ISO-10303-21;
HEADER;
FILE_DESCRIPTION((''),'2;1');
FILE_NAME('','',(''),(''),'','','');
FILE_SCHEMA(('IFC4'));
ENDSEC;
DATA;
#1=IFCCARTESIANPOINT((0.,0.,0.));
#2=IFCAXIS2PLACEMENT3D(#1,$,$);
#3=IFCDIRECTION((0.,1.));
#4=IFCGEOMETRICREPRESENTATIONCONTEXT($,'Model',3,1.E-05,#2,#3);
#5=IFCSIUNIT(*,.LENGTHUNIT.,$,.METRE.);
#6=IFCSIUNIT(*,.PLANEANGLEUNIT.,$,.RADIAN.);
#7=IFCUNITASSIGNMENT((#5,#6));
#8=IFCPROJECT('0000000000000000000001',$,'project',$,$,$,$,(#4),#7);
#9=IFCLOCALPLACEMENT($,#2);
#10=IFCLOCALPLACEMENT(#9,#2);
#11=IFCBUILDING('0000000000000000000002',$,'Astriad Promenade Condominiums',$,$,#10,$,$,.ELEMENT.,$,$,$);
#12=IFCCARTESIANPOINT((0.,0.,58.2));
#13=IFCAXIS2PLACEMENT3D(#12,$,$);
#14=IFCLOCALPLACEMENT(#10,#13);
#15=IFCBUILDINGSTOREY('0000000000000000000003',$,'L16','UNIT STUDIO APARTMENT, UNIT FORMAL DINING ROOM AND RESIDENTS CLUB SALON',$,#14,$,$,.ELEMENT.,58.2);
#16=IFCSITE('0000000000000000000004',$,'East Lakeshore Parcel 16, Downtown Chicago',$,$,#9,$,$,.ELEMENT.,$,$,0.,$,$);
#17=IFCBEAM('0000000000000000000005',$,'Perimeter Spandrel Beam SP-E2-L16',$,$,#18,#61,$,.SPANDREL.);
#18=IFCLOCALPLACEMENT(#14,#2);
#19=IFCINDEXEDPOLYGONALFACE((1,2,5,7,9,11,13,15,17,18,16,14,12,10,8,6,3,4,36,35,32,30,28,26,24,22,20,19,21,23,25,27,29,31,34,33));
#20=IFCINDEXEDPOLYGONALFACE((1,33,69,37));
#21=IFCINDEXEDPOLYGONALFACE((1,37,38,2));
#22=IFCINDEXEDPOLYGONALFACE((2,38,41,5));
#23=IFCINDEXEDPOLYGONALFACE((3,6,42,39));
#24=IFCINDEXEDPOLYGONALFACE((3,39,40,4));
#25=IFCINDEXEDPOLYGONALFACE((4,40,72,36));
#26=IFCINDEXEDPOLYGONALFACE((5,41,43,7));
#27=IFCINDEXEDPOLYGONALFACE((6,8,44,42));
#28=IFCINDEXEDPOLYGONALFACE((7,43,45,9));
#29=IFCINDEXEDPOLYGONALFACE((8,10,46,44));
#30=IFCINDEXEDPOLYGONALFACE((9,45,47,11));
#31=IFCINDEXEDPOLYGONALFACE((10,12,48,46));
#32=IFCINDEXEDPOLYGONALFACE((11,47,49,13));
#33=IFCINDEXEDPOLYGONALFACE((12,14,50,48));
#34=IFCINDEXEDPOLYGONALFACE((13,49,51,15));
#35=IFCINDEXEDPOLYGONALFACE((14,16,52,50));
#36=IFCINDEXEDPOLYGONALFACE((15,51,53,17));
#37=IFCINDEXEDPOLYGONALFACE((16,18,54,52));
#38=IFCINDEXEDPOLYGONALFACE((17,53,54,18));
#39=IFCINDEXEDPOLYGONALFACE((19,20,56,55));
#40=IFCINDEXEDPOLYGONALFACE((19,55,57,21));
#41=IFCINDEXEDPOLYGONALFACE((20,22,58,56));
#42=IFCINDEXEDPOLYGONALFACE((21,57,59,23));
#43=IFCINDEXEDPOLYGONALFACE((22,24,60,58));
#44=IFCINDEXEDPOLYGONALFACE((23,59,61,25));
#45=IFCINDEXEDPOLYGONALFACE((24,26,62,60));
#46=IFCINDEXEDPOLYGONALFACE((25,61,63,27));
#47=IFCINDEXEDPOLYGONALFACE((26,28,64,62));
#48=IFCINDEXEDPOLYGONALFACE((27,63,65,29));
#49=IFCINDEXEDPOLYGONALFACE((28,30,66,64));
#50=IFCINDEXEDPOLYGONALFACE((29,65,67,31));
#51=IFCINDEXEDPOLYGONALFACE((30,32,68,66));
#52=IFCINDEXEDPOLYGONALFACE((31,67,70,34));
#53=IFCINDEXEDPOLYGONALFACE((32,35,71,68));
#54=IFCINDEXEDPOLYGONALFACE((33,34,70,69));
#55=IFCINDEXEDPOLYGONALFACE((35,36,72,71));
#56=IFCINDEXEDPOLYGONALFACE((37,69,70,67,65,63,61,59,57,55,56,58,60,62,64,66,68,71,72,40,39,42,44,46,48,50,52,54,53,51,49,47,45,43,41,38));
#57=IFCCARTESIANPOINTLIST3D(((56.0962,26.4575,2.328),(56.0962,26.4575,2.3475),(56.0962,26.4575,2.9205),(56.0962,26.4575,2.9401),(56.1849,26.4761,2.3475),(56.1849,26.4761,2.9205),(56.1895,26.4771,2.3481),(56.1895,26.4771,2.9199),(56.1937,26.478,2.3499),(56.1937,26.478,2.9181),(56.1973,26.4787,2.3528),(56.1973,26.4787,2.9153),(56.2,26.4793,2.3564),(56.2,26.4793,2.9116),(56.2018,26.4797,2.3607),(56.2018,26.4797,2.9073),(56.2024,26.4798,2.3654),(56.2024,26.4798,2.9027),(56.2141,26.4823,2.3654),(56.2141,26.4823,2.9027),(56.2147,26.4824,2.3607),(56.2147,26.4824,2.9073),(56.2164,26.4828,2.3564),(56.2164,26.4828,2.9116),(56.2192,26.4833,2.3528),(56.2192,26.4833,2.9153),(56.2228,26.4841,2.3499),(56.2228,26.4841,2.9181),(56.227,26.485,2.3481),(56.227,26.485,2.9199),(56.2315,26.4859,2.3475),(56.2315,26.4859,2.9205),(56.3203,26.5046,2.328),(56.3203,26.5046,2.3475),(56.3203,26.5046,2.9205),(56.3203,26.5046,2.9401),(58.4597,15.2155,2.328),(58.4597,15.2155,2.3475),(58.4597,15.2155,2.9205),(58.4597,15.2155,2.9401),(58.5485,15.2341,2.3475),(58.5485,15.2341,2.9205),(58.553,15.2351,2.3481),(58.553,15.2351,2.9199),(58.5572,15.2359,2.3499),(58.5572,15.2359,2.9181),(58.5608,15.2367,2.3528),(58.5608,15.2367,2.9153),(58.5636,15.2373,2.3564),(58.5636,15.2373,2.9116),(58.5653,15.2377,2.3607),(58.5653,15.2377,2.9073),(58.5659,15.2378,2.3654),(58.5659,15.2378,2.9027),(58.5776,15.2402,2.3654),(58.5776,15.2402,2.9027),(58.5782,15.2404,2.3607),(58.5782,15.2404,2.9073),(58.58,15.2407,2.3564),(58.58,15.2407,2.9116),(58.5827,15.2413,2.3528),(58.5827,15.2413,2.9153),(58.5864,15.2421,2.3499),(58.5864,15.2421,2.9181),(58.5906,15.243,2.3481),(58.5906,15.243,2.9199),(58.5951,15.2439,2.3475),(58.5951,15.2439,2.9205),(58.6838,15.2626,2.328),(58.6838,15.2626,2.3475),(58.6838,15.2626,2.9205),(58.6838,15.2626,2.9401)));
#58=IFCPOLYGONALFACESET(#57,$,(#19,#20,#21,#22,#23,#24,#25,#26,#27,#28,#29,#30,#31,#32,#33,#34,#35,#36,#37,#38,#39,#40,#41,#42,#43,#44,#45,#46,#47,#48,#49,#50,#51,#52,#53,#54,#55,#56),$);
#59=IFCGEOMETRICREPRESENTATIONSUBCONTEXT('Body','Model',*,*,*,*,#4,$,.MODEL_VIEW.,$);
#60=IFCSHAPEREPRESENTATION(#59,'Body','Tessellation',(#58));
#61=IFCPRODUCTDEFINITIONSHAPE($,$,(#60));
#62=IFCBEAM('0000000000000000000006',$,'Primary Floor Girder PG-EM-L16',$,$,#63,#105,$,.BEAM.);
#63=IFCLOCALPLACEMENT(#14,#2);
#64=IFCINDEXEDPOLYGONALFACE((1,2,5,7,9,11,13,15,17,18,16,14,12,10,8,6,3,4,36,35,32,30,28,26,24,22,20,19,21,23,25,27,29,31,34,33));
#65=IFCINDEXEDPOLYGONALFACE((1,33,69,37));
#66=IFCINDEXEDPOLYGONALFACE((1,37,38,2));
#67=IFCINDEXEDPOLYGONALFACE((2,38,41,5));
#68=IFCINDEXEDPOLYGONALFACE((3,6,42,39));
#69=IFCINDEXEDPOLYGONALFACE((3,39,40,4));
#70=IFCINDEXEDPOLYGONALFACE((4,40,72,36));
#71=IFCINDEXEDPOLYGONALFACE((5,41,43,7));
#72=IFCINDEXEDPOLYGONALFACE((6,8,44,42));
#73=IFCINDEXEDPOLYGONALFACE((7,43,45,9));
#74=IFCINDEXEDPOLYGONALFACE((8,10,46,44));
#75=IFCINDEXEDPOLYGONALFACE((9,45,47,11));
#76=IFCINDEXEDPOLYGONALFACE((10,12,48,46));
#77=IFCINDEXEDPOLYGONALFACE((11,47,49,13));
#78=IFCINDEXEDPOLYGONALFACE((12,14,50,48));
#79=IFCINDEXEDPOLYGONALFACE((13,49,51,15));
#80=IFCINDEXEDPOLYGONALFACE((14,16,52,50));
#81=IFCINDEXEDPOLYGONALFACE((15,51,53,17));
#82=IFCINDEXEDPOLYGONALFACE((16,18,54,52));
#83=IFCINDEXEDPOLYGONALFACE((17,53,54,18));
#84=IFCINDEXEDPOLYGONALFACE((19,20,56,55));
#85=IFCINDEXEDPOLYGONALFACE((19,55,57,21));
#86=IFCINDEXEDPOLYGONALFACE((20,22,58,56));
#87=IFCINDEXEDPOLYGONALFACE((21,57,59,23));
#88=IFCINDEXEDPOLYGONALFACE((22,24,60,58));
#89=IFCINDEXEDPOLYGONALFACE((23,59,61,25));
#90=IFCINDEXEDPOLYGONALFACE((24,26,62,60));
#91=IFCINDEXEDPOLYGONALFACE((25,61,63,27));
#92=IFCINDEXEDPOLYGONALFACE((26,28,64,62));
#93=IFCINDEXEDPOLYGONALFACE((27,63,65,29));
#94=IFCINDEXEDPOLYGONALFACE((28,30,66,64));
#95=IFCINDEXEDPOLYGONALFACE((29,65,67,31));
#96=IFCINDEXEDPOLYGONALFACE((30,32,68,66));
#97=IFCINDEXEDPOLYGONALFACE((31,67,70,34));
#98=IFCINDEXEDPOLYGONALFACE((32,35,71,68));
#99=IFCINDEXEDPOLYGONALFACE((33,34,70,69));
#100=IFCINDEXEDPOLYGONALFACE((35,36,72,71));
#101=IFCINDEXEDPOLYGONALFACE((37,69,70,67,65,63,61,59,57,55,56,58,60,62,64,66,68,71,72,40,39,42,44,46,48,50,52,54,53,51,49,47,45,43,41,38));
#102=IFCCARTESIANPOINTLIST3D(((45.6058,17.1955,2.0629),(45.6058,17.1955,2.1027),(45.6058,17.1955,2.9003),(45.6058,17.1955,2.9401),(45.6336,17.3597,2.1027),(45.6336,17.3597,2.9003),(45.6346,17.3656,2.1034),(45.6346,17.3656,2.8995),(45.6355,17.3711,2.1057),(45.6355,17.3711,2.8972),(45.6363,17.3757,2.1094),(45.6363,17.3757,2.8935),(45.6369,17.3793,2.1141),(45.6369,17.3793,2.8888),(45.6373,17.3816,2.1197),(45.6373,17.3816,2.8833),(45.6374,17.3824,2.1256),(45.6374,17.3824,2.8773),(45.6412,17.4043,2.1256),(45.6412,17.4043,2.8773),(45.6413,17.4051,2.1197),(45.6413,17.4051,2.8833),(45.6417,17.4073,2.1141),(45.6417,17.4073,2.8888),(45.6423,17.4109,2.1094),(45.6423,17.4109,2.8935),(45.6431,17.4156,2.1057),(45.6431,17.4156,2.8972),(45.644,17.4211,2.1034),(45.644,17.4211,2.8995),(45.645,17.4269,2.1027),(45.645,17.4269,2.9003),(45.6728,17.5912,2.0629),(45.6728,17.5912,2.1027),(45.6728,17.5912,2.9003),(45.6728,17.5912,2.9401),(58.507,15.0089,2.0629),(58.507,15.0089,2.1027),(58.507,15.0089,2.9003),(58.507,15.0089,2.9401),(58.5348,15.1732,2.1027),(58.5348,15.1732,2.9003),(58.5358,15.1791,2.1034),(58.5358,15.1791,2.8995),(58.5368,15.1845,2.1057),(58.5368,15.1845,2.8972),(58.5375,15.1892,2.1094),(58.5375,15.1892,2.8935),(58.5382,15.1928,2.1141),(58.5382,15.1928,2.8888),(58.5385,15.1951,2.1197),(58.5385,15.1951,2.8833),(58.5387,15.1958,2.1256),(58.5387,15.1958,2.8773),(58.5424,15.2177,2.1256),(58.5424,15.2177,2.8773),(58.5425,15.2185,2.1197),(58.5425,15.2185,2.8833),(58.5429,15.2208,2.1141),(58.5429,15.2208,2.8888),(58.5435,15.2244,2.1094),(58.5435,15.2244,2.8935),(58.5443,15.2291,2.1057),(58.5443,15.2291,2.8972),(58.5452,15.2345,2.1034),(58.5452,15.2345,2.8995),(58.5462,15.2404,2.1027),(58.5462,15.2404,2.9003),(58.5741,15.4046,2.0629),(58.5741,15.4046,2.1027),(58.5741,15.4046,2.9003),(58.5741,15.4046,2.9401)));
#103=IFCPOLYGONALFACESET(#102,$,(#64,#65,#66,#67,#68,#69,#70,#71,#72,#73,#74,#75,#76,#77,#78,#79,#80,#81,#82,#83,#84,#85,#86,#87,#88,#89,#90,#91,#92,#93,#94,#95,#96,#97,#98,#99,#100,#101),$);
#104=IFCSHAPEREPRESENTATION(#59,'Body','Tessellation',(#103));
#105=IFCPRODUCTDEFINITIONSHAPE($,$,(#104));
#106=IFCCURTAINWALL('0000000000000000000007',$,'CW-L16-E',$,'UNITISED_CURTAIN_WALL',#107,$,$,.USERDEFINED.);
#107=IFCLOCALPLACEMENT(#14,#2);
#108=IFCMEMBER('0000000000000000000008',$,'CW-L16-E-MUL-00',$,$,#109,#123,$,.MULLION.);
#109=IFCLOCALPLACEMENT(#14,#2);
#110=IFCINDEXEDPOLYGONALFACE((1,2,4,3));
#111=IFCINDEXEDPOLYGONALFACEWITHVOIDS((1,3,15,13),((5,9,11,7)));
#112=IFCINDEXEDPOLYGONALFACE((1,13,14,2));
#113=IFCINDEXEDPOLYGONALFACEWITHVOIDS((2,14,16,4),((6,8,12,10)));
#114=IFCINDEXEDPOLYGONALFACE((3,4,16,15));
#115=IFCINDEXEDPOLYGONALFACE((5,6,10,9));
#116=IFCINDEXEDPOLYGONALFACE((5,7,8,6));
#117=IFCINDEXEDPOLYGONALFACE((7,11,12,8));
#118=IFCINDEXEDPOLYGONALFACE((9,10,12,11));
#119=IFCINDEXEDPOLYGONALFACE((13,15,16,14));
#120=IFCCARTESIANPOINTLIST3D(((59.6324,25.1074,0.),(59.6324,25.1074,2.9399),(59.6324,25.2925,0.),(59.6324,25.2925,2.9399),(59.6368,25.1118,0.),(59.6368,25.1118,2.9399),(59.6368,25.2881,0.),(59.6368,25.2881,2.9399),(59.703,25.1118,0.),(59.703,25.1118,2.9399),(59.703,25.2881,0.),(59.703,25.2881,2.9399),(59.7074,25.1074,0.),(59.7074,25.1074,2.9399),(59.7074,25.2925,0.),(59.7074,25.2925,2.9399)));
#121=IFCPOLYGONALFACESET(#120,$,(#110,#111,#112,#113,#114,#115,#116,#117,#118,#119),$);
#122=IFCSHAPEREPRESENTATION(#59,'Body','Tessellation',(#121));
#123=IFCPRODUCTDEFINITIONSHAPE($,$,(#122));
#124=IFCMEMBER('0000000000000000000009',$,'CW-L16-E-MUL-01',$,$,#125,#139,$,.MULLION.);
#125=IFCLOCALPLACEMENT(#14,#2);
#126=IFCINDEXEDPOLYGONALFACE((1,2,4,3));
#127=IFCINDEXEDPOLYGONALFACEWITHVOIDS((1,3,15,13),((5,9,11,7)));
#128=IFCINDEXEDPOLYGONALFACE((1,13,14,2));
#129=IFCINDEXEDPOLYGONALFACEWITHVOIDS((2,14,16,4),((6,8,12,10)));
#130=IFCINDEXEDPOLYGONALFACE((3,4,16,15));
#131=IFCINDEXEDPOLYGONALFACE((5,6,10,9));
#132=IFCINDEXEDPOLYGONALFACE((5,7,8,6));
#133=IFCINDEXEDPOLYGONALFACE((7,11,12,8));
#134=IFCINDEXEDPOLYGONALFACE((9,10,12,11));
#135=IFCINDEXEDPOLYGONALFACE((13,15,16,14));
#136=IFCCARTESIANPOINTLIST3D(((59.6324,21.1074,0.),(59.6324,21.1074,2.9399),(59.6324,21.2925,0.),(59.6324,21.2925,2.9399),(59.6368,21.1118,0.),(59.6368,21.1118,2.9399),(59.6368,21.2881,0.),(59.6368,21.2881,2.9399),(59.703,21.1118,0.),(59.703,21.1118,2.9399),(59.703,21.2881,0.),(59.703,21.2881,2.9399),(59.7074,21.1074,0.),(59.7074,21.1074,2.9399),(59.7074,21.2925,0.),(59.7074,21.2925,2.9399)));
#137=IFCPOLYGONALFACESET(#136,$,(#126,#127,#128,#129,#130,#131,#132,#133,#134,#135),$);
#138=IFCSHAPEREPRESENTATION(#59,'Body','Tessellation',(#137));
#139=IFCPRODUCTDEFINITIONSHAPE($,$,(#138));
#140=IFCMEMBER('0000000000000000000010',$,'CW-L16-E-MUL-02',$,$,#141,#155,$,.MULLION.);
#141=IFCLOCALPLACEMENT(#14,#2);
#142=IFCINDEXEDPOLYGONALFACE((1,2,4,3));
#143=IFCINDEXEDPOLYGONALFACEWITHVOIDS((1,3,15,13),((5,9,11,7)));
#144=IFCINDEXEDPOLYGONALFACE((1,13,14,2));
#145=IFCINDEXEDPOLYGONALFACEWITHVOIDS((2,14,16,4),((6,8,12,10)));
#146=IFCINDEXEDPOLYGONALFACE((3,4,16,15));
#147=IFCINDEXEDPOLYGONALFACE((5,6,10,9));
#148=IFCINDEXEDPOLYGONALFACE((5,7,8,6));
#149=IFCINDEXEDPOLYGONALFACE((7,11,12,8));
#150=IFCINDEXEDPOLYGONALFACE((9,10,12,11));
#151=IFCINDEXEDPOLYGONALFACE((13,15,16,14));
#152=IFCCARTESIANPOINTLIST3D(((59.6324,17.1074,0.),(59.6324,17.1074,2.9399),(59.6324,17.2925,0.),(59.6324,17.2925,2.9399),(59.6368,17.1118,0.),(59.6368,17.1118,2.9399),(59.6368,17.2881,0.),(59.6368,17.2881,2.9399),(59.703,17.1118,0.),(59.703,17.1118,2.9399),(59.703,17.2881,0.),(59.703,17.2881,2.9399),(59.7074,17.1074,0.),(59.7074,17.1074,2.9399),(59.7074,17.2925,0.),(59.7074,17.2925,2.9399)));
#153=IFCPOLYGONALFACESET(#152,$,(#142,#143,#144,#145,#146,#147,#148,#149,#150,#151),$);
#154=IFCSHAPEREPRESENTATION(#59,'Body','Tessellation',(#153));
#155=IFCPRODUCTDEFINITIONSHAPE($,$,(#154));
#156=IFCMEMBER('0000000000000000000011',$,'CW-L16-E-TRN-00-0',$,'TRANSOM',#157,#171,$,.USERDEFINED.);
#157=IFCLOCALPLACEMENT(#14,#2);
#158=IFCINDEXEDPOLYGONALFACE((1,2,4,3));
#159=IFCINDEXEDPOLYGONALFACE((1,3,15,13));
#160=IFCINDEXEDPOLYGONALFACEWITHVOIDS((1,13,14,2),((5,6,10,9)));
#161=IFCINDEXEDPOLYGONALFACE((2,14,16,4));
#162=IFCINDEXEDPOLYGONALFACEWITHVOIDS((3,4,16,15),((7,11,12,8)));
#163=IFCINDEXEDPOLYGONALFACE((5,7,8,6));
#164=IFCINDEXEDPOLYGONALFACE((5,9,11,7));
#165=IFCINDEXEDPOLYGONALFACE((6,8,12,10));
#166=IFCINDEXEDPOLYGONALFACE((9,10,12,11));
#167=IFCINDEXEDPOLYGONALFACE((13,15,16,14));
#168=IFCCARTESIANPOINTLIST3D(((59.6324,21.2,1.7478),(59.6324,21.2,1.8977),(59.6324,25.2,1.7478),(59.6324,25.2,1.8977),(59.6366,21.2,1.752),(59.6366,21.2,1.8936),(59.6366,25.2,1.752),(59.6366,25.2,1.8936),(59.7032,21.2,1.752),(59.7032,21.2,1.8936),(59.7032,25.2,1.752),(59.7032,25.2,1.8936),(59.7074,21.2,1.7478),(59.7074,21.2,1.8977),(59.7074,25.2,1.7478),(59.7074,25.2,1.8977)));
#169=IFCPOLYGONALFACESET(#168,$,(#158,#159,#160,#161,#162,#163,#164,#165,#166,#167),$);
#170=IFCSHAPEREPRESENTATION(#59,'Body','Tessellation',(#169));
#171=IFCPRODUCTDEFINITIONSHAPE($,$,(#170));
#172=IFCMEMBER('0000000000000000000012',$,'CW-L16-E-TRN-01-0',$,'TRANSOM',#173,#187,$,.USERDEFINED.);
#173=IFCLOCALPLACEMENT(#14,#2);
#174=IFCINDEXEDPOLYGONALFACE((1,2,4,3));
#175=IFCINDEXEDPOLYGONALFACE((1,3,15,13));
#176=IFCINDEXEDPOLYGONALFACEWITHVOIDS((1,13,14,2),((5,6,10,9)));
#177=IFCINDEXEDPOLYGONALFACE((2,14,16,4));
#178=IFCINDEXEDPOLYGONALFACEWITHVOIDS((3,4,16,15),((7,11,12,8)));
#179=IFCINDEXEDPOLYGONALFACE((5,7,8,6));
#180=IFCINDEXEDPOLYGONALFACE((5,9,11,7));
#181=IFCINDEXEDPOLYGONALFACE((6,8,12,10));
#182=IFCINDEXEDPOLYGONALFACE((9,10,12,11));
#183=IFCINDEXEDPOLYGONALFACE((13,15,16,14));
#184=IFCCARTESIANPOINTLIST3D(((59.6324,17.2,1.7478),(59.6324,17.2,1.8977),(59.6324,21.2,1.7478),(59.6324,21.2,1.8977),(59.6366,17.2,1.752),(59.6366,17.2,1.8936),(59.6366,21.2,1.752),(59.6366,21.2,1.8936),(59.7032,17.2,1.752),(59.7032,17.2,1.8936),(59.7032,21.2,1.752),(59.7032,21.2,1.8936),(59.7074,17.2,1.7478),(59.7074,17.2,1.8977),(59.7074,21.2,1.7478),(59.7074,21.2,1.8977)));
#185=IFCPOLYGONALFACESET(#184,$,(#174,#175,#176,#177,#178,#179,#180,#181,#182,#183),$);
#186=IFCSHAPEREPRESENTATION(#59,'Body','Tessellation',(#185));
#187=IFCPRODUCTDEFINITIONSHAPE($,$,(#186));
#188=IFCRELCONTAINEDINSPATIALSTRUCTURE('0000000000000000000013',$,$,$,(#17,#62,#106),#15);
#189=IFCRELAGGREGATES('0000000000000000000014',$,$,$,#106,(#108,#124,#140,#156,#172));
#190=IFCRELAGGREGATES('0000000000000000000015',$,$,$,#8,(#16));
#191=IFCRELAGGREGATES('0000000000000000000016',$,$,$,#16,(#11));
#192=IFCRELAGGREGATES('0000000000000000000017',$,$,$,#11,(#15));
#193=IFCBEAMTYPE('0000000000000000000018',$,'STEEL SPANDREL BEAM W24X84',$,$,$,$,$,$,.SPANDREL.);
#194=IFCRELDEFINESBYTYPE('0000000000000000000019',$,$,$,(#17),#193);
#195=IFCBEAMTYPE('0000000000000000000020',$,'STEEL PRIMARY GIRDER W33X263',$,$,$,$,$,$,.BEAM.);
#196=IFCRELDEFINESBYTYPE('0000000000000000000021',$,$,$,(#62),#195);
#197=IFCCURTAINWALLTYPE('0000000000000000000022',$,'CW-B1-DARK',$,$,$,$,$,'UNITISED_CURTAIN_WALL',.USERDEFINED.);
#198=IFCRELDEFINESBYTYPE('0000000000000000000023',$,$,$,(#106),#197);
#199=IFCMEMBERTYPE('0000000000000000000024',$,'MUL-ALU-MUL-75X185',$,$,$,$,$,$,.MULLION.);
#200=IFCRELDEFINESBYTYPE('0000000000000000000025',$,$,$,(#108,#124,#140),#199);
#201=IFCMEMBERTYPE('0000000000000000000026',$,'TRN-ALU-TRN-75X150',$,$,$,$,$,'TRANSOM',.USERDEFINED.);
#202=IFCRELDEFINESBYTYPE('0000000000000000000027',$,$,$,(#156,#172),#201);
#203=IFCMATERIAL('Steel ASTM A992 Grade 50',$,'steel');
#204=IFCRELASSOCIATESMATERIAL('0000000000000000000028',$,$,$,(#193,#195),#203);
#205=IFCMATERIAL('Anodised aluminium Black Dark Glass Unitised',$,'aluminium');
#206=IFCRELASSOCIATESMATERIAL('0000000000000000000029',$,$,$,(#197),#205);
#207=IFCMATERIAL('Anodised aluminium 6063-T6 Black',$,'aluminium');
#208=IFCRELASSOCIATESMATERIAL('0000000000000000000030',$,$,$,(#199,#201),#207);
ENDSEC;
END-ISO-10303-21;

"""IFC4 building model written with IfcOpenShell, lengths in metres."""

from ifc_helpers import new_model, si_unit, direction, frame, origin, origin_2d, place, context, subcontext, project, spatial, hollow_rectangle, i_section, extrude, source, transform, mapped, material, material_profile, profile_set, type_object, type_shapes, element, aggregate, save


model = new_model("IFC4")

# Units and contexts
model_context = context("Model", 3, precision=1e-05, world=origin(), true_north=direction((0.0, 1.0)))
body_context = subcontext(model_context, "Body", "Model", "MODEL_VIEW")
ifc_project = project(units=[si_unit("LENGTHUNIT", "METRE"), si_unit("PLANEANGLEUNIT", "RADIAN")], contexts=[model_context])

# Site, building, storey
site_placement = place(None, origin())
site = spatial("IfcSite", under=ifc_project, at=site_placement, Name="East Lakeshore Parcel 16, Downtown Chicago", CompositionType="ELEMENT", RefElevation=0.0)
building_placement = place(site_placement, origin())
building = spatial("IfcBuilding", under=site, at=building_placement, Name="Astriad Promenade Condominiums", CompositionType="ELEMENT")
storey_placement = place(building_placement, frame((0.0, 0.0, 58.2)))
storey = spatial("IfcBuildingStorey", under=building, at=storey_placement, Name="L16", Description="UNIT STUDIO APARTMENT, UNIT FORMAL DINING ROOM AND RESIDENTS CLUB SALON", CompositionType="ELEMENT", Elevation=58.2)

# Beams
ifc_material_1 = material(Name="Steel ASTM A992 Grade 50", Category="steel")
ifc_material_profile_1 = material_profile(ifc_material_1, i_section(OverallWidth=0.229, OverallDepth=0.6121, WebThickness=0.012, FlangeThickness=0.0195, FilletRadius=0.0178, at=origin_2d()), Name="W24X84")
ifc_profile_set_1 = profile_set([ifc_material_profile_1], Name="Steel ASTM A992 Grade 50")
beam_type_1 = type_object("IfcBeamType", Name="STEEL SPANDREL BEAM W24X84", PredefinedType="SPANDREL", material=ifc_profile_set_1)
shared_shape_1 = source(origin(), body_context, "Body", "SweptSolid", [
    extrude(i_section(OverallWidth=0.229, OverallDepth=0.6121, WebThickness=0.012, FlangeThickness=0.0195, FilletRadius=0.0178, at=origin_2d()), origin(), (0.0, 0.0, 1.0), 11.4878),
])
type_shapes(beam_type_1, [shared_shape_1])
beam_1_placement = place(storey_placement, frame((58.5718, 15.239, 2.634), z_axis=(-0.205744, 0.978606, 0.0), x_axis=(-0.978606, -0.205744, 0.0)))
element("IfcBeam", 1, at=beam_1_placement, inside=storey, type_object=beam_type_1, Name="Perimeter Spandrel Beam SP-E2-L16", PredefinedType="SPANDREL", context=body_context, shape_type="MappedRepresentation", body=[
    mapped(shared_shape_1, transform((0.0, 0.0, 0.0), scale=1.0)),
])
ifc_material_profile_2 = material_profile(ifc_material_1, i_section(OverallWidth=0.4014, OverallDepth=0.8772, WebThickness=0.0222, FlangeThickness=0.0398, FilletRadius=0.0229, at=origin_2d()), Name="W33X263")
ifc_profile_set_2 = profile_set([ifc_material_profile_2], Name="Steel ASTM A992 Grade 50")
beam_type_2 = type_object("IfcBeamType", Name="STEEL PRIMARY GIRDER W33X263", PredefinedType="BEAM", material=ifc_profile_set_2)
shared_shape_2 = source(origin(), body_context, "Body", "SweptSolid", [
    extrude(i_section(OverallWidth=0.4014, OverallDepth=0.8772, WebThickness=0.0222, FlangeThickness=0.0398, FilletRadius=0.0229, at=origin_2d()), origin(), (0.0, 0.0, 1.0), 13.0852),
])
type_shapes(beam_type_2, [shared_shape_2])
beam_2_placement = place(storey_placement, frame((58.5405, 15.2068, 2.5015), z_axis=(-0.98594, 0.1671, 0.0), x_axis=(-0.1671, -0.98594, 0.0)))
element("IfcBeam", 2, at=beam_2_placement, inside=storey, type_object=beam_type_2, Name="Primary Floor Girder PG-EM-L16", PredefinedType="BEAM", context=body_context, shape_type="MappedRepresentation", body=[
    mapped(shared_shape_2, transform((0.0, 0.0, 0.0), scale=1.0)),
])

# Curtain wall, members
ifc_material_2 = material(Name="Anodised aluminium Black Dark Glass Unitised", Category="aluminium")
curtain_wall_type = type_object("IfcCurtainWallType", Name="CW-B1-DARK", ElementType="UNITISED_CURTAIN_WALL", PredefinedType="USERDEFINED", material=ifc_material_2)
curtain_wall_placement = place(storey_placement, origin())
curtain_wall = element("IfcCurtainWall", 3, at=curtain_wall_placement, inside=storey, type_object=curtain_wall_type, Name="CW-L16-E", ObjectType="UNITISED_CURTAIN_WALL", PredefinedType="USERDEFINED")
ifc_material_3 = material(Name="Anodised aluminium 6063-T6 Black", Category="aluminium")
ifc_material_profile_3 = material_profile(ifc_material_3, hollow_rectangle(XDim=0.075, YDim=0.1851, WallThickness=0.0044, at=origin_2d()), Name="ALU-MUL-75X185")
ifc_profile_set_3 = profile_set([ifc_material_profile_3], Name="Anodised aluminium 6063-T6 Black")
member_type_1 = type_object("IfcMemberType", Name="MUL-ALU-MUL-75X185", PredefinedType="MULLION", material=ifc_profile_set_3)
shared_shape_3 = source(origin(), body_context, "Body", "SweptSolid", [
    extrude(hollow_rectangle(XDim=0.075, YDim=0.1851, WallThickness=0.0044, at=origin_2d()), origin(), (0.0, 0.0, 1.0), 2.9399),
])
type_shapes(member_type_1, [shared_shape_3])
member_1_placement = place(storey_placement, frame((59.6699, 25.2, 0.0), z_axis=(0.0, 0.0, 1.0), x_axis=(1.0, 0.0, 0.0)))
member_1 = element("IfcMember", 4, at=member_1_placement, type_object=member_type_1, Name="CW-L16-E-MUL-00", PredefinedType="MULLION", context=body_context, shape_type="MappedRepresentation", body=[
    mapped(shared_shape_3, transform((0.0, 0.0, 0.0), scale=1.0)),
])
member_2_placement = place(storey_placement, frame((59.6699, 21.2, 0.0), z_axis=(0.0, 0.0, 1.0), x_axis=(1.0, 0.0, 0.0)))
member_2 = element("IfcMember", 5, at=member_2_placement, type_object=member_type_1, Name="CW-L16-E-MUL-01", PredefinedType="MULLION", context=body_context, shape_type="MappedRepresentation", body=[
    mapped(shared_shape_3, transform((0.0, 0.0, 0.0), scale=1.0)),
])
member_3_placement = place(storey_placement, frame((59.6699, 17.2, 0.0), z_axis=(0.0, 0.0, 1.0), x_axis=(1.0, 0.0, 0.0)))
member_3 = element("IfcMember", 6, at=member_3_placement, type_object=member_type_1, Name="CW-L16-E-MUL-02", PredefinedType="MULLION", context=body_context, shape_type="MappedRepresentation", body=[
    mapped(shared_shape_3, transform((0.0, 0.0, 0.0), scale=1.0)),
])
ifc_material_profile_4 = material_profile(ifc_material_3, hollow_rectangle(XDim=0.075, YDim=0.1499, WallThickness=0.0042, at=origin_2d()), Name="ALU-TRN-75X150")
ifc_profile_set_4 = profile_set([ifc_material_profile_4], Name="Anodised aluminium 6063-T6 Black")
member_type_2 = type_object("IfcMemberType", Name="TRN-ALU-TRN-75X150", ElementType="TRANSOM", PredefinedType="USERDEFINED", material=ifc_profile_set_4)
shared_shape_4 = source(origin(), body_context, "Body", "SweptSolid", [
    extrude(hollow_rectangle(XDim=0.075, YDim=0.1499, WallThickness=0.0042, at=origin_2d()), origin(), (0.0, 0.0, 1.0), 4.0),
])
type_shapes(member_type_2, [shared_shape_4])
member_4_placement = place(storey_placement, frame((59.6699, 25.2, 1.8228), z_axis=(0.0, -1.0, 0.0), x_axis=(1.0, 0.0, 0.0)))
member_4 = element("IfcMember", 7, at=member_4_placement, type_object=member_type_2, Name="CW-L16-E-TRN-00-0", ObjectType="TRANSOM", PredefinedType="USERDEFINED", context=body_context, shape_type="MappedRepresentation", body=[
    mapped(shared_shape_4, transform((0.0, 0.0, 0.0), scale=1.0)),
])
member_5_placement = place(storey_placement, frame((59.6699, 21.2, 1.8228), z_axis=(0.0, -1.0, 0.0), x_axis=(1.0, 0.0, 0.0)))
member_5 = element("IfcMember", 8, at=member_5_placement, type_object=member_type_2, Name="CW-L16-E-TRN-01-0", ObjectType="TRANSOM", PredefinedType="USERDEFINED", context=body_context, shape_type="MappedRepresentation", body=[
    mapped(shared_shape_4, transform((0.0, 0.0, 0.0), scale=1.0)),
])
aggregate(curtain_wall, [member_1, member_2, member_3, member_4, member_5])

save(model, "model.ifc")
